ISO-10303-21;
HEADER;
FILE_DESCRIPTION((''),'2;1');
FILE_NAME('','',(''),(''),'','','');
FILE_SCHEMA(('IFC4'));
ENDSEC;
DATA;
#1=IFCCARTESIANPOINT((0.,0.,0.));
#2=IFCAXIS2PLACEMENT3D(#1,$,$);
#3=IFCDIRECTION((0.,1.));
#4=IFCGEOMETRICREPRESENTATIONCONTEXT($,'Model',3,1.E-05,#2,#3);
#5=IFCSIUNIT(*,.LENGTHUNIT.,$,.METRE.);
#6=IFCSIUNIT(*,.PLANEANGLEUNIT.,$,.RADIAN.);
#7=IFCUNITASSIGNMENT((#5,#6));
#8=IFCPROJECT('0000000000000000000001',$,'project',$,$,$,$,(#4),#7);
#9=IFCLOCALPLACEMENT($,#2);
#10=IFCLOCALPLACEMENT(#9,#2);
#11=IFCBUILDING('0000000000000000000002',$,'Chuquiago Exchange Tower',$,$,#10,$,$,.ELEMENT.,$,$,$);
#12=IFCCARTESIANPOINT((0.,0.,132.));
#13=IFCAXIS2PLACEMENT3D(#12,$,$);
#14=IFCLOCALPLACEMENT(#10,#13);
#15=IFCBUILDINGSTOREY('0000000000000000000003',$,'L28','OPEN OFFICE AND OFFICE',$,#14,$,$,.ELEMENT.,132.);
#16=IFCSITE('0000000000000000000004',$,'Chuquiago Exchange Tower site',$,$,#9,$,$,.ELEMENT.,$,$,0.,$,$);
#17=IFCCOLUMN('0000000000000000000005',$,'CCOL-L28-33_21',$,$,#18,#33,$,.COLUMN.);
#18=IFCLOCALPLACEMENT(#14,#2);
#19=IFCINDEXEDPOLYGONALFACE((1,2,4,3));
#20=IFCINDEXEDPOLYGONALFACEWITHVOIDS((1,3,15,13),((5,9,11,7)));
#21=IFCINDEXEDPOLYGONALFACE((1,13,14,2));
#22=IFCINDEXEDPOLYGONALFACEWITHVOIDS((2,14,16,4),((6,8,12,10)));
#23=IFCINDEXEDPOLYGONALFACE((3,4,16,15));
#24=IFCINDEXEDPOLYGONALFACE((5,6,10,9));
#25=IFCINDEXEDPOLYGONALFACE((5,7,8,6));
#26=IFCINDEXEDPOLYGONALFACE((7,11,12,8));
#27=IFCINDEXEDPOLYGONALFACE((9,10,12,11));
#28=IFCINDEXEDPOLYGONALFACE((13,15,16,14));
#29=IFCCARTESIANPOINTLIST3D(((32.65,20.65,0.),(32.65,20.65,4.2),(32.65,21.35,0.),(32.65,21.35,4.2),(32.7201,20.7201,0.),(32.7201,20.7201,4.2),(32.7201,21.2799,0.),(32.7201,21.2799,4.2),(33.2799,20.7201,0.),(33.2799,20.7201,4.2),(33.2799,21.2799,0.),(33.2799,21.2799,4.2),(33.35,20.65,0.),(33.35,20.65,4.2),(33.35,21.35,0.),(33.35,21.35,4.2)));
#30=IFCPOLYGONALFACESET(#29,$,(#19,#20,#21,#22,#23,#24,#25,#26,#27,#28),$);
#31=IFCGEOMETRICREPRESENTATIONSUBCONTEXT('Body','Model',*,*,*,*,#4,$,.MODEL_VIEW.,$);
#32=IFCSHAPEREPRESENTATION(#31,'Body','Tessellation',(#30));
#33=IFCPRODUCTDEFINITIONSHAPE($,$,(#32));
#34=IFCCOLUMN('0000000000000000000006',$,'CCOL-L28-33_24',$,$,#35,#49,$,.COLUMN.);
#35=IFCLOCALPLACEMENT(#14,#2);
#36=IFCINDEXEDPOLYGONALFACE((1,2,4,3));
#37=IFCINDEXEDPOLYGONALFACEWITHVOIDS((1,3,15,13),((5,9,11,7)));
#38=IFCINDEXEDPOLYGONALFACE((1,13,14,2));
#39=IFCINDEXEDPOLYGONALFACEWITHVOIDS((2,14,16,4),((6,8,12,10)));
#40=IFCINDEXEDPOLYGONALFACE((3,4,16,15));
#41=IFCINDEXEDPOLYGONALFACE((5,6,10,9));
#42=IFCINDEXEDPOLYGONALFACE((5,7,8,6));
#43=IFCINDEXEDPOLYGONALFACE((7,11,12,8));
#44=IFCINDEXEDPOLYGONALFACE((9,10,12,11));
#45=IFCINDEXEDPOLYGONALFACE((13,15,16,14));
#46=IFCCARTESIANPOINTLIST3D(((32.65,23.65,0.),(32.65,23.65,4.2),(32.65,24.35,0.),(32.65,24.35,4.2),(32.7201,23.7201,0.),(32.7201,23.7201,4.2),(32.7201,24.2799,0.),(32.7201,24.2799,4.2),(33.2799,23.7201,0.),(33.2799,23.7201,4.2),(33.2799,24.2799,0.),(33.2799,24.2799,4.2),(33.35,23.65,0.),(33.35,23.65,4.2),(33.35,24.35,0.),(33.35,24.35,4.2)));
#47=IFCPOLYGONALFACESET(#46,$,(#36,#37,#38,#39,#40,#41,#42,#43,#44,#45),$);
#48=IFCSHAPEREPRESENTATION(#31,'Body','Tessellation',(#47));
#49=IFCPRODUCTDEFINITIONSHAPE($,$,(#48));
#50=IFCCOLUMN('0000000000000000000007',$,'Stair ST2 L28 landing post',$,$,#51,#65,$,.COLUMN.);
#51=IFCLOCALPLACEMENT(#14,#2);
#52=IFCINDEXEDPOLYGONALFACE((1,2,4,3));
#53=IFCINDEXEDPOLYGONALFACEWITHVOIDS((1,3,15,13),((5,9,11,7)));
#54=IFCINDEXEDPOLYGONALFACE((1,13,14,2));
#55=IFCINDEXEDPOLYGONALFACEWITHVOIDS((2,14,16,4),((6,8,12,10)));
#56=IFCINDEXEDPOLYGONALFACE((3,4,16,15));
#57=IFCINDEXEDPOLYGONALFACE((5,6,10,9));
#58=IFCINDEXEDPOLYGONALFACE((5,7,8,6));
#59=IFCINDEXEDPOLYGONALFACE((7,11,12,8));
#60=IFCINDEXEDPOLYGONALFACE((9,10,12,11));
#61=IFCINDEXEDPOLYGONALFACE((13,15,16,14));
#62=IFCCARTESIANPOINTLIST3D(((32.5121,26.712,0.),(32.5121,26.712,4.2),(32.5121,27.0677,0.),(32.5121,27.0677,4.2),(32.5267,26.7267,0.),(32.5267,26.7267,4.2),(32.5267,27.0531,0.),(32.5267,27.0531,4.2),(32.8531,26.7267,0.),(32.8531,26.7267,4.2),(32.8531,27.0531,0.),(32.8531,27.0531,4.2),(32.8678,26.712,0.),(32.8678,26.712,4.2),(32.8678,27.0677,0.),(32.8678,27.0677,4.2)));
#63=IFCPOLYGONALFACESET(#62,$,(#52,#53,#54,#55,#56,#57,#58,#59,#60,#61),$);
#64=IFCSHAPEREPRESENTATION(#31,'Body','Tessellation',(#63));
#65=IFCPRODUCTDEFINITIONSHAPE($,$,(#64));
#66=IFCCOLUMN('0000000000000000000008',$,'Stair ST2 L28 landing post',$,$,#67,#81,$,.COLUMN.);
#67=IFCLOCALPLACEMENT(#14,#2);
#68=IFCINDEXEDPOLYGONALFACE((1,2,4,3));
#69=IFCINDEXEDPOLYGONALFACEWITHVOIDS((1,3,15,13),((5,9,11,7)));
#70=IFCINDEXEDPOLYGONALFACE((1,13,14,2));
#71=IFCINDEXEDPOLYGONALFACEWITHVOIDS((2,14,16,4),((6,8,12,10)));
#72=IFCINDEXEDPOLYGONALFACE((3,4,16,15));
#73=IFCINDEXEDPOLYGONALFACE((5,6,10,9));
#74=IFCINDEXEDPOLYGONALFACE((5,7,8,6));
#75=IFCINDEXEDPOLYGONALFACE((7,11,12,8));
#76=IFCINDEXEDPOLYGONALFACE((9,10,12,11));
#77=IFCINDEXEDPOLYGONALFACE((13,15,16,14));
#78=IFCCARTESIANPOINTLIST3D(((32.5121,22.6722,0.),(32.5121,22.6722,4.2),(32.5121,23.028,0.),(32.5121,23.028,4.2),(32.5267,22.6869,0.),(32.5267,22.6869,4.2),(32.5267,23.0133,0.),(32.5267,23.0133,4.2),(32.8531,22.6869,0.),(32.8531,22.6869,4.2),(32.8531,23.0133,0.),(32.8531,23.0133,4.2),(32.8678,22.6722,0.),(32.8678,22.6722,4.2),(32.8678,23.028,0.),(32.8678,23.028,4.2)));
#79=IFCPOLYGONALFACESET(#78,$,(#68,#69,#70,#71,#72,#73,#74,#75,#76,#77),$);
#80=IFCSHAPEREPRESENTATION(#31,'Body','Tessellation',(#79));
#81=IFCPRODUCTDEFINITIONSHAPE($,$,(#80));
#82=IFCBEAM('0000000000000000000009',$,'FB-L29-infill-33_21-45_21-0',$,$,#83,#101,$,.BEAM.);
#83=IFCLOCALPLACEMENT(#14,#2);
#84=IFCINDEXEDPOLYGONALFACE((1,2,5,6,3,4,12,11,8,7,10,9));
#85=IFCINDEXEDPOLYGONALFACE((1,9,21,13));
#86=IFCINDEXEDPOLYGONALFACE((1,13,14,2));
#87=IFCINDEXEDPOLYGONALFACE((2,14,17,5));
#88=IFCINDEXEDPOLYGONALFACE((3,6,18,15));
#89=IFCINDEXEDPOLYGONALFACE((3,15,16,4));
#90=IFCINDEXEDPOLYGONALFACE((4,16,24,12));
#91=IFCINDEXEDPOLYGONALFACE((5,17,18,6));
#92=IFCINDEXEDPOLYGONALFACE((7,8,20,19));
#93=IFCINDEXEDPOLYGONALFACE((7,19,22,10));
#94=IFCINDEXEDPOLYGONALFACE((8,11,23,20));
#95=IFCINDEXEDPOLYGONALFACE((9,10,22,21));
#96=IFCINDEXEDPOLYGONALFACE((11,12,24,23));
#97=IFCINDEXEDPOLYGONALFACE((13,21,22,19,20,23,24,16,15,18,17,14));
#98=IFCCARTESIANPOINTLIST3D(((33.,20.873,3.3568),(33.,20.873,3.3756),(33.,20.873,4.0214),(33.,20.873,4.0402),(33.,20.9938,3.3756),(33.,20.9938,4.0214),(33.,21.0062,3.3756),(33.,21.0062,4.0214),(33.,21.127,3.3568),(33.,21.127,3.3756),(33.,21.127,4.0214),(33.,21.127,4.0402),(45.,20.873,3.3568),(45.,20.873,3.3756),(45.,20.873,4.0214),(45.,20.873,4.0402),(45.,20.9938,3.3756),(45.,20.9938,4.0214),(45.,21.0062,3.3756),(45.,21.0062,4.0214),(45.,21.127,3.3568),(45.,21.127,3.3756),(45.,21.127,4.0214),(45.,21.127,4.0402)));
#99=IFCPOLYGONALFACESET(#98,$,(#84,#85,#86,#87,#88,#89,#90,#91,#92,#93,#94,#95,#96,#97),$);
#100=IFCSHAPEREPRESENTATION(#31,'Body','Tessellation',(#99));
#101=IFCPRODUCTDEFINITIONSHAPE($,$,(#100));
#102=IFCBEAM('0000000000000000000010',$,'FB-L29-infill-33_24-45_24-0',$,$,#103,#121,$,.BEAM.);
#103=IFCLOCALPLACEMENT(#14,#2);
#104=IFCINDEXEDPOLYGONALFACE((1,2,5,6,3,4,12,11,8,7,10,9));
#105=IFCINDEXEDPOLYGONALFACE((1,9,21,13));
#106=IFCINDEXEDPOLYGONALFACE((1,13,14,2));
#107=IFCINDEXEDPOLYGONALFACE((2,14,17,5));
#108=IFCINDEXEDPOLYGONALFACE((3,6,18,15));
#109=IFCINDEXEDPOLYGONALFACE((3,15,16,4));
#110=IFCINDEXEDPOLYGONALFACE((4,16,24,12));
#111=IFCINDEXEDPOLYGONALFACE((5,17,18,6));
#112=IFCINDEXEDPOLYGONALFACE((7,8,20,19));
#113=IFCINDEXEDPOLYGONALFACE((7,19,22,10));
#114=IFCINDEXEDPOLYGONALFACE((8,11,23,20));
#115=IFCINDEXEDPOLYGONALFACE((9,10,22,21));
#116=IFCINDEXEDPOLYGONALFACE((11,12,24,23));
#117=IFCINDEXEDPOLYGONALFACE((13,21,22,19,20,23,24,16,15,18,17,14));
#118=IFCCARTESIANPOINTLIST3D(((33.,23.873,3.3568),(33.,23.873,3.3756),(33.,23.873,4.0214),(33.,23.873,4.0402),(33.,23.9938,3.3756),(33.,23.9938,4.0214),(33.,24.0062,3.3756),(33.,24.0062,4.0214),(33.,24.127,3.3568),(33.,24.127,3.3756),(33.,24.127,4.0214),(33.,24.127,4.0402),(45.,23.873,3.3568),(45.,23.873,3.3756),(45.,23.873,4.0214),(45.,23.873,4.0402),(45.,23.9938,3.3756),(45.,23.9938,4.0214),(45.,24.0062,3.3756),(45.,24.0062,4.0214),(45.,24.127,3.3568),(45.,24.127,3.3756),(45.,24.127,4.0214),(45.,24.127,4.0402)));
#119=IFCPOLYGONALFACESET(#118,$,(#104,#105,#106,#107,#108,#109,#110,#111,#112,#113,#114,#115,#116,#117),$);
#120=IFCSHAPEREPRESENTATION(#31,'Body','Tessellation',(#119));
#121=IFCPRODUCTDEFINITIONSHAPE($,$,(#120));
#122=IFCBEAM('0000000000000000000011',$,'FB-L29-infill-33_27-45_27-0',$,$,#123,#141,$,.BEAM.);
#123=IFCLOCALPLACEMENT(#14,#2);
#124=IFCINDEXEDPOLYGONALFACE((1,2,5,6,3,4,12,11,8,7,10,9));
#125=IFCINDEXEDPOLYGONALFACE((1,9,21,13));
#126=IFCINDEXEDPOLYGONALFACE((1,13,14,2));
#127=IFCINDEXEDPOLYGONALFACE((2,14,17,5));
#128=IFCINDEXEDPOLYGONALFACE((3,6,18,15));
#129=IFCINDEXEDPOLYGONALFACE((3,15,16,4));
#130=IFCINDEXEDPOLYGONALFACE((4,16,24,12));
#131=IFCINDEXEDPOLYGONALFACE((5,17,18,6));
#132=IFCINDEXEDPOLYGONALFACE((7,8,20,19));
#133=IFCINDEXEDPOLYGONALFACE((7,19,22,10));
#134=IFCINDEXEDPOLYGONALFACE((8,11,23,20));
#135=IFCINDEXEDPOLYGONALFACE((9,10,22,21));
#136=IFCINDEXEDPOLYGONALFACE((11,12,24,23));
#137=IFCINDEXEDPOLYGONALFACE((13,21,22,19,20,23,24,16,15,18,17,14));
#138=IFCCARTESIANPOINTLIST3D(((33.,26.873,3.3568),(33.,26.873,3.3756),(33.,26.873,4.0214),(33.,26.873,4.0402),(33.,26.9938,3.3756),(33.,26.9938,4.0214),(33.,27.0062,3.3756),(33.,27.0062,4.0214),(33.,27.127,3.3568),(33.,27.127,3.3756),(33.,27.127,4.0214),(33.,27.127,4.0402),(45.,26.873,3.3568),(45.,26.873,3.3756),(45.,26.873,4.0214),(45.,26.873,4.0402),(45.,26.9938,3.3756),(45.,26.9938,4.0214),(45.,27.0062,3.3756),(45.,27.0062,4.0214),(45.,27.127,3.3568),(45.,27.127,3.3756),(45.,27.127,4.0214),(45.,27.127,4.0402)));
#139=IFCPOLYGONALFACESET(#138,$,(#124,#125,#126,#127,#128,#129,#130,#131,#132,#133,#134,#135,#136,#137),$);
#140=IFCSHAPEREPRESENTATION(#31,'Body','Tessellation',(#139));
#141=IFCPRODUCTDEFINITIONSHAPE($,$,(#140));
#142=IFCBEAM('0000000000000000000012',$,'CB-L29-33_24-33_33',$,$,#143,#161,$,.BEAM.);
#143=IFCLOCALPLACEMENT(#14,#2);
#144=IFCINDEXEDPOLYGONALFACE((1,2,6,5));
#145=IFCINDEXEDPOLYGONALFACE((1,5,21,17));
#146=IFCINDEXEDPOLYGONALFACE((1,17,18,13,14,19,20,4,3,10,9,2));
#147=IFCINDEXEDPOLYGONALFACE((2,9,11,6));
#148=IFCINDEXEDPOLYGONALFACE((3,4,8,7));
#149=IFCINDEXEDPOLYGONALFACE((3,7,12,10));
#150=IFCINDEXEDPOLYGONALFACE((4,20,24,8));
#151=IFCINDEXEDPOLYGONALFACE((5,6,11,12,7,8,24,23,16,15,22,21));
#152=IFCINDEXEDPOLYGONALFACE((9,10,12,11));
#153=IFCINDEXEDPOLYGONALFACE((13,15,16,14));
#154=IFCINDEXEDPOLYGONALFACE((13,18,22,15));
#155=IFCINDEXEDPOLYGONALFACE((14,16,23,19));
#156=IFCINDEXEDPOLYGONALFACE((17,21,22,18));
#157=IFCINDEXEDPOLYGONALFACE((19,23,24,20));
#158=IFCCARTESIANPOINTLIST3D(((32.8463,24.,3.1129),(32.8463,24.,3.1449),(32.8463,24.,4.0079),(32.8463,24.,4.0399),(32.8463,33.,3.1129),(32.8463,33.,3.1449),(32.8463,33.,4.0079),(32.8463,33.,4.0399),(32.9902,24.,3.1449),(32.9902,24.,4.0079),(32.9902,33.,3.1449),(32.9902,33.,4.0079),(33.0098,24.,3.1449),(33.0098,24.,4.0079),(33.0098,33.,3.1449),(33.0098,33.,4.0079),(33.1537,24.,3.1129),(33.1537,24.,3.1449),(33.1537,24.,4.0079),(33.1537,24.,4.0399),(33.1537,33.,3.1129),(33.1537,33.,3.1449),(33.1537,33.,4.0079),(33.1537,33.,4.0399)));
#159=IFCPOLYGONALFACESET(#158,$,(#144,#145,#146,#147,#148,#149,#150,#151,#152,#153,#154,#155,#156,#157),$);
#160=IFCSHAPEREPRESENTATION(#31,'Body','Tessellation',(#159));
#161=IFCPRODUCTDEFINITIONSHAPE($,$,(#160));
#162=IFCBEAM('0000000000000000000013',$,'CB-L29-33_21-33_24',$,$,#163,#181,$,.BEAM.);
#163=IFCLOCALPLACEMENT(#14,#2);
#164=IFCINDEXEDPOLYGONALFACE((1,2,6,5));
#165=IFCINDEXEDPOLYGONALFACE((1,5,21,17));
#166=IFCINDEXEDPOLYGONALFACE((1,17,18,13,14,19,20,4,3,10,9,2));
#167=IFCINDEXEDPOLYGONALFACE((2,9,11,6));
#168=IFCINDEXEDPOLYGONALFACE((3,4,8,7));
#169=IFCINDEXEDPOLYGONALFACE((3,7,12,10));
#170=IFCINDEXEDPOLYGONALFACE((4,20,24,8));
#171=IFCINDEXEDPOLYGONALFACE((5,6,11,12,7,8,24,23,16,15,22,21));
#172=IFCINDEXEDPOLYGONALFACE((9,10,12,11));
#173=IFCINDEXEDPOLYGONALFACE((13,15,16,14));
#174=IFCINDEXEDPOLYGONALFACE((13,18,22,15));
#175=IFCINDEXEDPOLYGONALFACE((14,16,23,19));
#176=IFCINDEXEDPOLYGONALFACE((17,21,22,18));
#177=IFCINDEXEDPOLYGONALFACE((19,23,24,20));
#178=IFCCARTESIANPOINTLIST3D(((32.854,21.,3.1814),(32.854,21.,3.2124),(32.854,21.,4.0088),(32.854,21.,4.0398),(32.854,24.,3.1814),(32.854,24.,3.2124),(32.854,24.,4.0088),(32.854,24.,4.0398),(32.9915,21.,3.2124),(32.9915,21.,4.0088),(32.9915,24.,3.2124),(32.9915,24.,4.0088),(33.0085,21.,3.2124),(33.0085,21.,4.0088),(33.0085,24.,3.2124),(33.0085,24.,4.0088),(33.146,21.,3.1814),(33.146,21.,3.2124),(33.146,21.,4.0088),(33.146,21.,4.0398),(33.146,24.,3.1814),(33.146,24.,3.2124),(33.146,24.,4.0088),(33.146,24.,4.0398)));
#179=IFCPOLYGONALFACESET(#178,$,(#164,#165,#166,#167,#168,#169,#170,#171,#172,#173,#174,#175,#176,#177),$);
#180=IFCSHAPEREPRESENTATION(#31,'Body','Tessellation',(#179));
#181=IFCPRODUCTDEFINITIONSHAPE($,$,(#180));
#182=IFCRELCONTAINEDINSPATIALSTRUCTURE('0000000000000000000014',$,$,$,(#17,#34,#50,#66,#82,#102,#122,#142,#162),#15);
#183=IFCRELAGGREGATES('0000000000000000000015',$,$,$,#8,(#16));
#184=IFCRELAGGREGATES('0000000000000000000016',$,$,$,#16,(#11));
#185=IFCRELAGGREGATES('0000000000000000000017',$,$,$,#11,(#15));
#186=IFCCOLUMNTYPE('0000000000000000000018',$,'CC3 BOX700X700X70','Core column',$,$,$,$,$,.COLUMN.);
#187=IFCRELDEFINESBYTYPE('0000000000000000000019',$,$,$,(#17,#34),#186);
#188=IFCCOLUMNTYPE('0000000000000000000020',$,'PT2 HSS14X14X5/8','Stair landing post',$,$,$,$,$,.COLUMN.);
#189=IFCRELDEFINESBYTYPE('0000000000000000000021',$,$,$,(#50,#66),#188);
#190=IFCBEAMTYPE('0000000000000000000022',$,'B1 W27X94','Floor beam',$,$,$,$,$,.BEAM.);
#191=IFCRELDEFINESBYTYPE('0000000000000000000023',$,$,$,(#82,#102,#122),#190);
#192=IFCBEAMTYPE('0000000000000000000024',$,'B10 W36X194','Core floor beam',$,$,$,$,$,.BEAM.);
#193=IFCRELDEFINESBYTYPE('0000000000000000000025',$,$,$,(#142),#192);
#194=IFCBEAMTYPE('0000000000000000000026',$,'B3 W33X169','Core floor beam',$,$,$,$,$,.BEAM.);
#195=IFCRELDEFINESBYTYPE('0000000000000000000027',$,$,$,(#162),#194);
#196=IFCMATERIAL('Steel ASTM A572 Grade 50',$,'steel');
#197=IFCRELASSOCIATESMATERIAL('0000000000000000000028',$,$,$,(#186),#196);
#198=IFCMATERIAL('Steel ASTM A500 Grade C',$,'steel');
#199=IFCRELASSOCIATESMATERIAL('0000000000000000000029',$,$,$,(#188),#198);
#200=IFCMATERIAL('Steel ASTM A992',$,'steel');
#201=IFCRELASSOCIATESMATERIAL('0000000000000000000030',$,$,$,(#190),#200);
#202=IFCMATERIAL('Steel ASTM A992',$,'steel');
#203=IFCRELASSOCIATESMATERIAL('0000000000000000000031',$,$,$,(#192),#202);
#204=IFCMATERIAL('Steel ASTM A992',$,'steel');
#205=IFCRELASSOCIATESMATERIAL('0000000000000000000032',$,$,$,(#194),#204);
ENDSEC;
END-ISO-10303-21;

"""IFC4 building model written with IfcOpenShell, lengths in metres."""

from ifc_helpers import new_model, si_unit, direction, frame, origin, origin_2d, place, context, subcontext, project, spatial, hollow_rectangle, i_section, extrude, material, material_profile, profile_set, type_object, element, save


model = new_model("IFC4")

# Units and contexts
model_context = context("Model", 3, precision=1e-05, world=origin(), true_north=direction((0.0, 1.0)))
body_context = subcontext(model_context, "Body", "Model", "MODEL_VIEW")
ifc_project = project(units=[si_unit("LENGTHUNIT", "METRE"), si_unit("PLANEANGLEUNIT", "RADIAN")], contexts=[model_context])

# Site, building, storey
site_placement = place(None, origin())
site = spatial("IfcSite", under=ifc_project, at=site_placement, Name="Chuquiago Exchange Tower site", CompositionType="ELEMENT", RefElevation=0.0)
building_placement = place(site_placement, origin())
building = spatial("IfcBuilding", under=site, at=building_placement, Name="Chuquiago Exchange Tower", CompositionType="ELEMENT")
storey_placement = place(building_placement, frame((0.0, 0.0, 132.0)))
storey = spatial("IfcBuildingStorey", under=building, at=storey_placement, Name="L28", Description="OPEN OFFICE AND OFFICE", CompositionType="ELEMENT", Elevation=132.0)

# Columns
ifc_material_1 = material(Name="Steel ASTM A572 Grade 50", Category="steel")
ifc_material_profile_1 = material_profile(ifc_material_1, hollow_rectangle(XDim=0.7, YDim=0.7, WallThickness=0.0701, at=origin_2d()), Name="BOX700X700X70")
ifc_profile_set_1 = profile_set([ifc_material_profile_1], Name="Steel ASTM A572 Grade 50")
column_type_1 = type_object("IfcColumnType", Name="CC3 BOX700X700X70", Description="Core column", PredefinedType="COLUMN", material=ifc_profile_set_1)
for number, where, z_axis, x_axis, name in (
    (1, (33.0, 21.0, 0.0), (0.0, 0.0, 1.0), (1.0, 0.0, 0.0), "CCOL-L28-33_21"),
    (2, (33.0, 24.0, 0.0), (0.0, 0.0, 1.0), (1.0, 0.0, 0.0), "CCOL-L28-33_24"),
):
    element("IfcColumn", number, at=place(storey_placement, frame(where, z_axis=z_axis, x_axis=x_axis)), inside=storey, type_object=column_type_1, Name=name, PredefinedType="COLUMN", context=body_context, shape_type="SweptSolid", body=[
        extrude(hollow_rectangle(XDim=0.7, YDim=0.7, WallThickness=0.0701, at=origin_2d()), origin(), (0.0, 0.0, 1.0), 4.2),
    ])
ifc_material_2 = material(Name="Steel ASTM A500 Grade C", Category="steel")
ifc_material_profile_2 = material_profile(ifc_material_2, hollow_rectangle(XDim=0.3557, YDim=0.3557, WallThickness=0.0146, at=origin_2d()), Name="HSS14X14X5/8")
ifc_profile_set_2 = profile_set([ifc_material_profile_2], Name="Steel ASTM A500 Grade C")
column_type_2 = type_object("IfcColumnType", Name="PT2 HSS14X14X5/8", Description="Stair landing post", PredefinedType="COLUMN", material=ifc_profile_set_2)
for number, where, z_axis, x_axis, name in (
    (3, (32.6899, 26.8899, 0.0), (0.0, 0.0, 1.0), (1.0, 0.0, 0.0), "Stair ST2 L28 landing post"),
    (4, (32.6899, 22.8501, 0.0), (0.0, 0.0, 1.0), (1.0, 0.0, 0.0), "Stair ST2 L28 landing post"),
):
    element("IfcColumn", number, at=place(storey_placement, frame(where, z_axis=z_axis, x_axis=x_axis)), inside=storey, type_object=column_type_2, Name=name, PredefinedType="COLUMN", context=body_context, shape_type="SweptSolid", body=[
        extrude(hollow_rectangle(XDim=0.3557, YDim=0.3557, WallThickness=0.0146, at=origin_2d()), origin(), (0.0, 0.0, 1.0), 4.2),
    ])

# Beams
ifc_material_3 = material(Name="Steel ASTM A992", Category="steel")
ifc_material_profile_3 = material_profile(ifc_material_3, i_section(OverallWidth=0.2539, OverallDepth=0.6833, WebThickness=0.0125, FlangeThickness=0.0188, at=origin_2d()), Name="W27X94")
ifc_profile_set_3 = profile_set([ifc_material_profile_3], Name="Steel ASTM A992")
beam_type_1 = type_object("IfcBeamType", Name="B1 W27X94", Description="Floor beam", PredefinedType="BEAM", material=ifc_profile_set_3)
for number, where, z_axis, x_axis, name in (
    (5, (33.0, 21.0, 3.6985), (1.0, 0.0, 0.0), (0.0, 1.0, 0.0), "FB-L29-infill-33_21-45_21-0"),
    (6, (33.0, 24.0, 3.6985), (1.0, 0.0, 0.0), (0.0, 1.0, 0.0), "FB-L29-infill-33_24-45_24-0"),
    (7, (33.0, 27.0, 3.6985), (1.0, 0.0, 0.0), (0.0, 1.0, 0.0), "FB-L29-infill-33_27-45_27-0"),
):
    element("IfcBeam", number, at=place(storey_placement, frame(where, z_axis=z_axis, x_axis=x_axis)), inside=storey, type_object=beam_type_1, Name=name, PredefinedType="BEAM", context=body_context, shape_type="SweptSolid", body=[
        extrude(i_section(OverallWidth=0.2539, OverallDepth=0.6833, WebThickness=0.0125, FlangeThickness=0.0188, at=origin_2d()), origin(), (0.0, 0.0, 1.0), 12.0),
    ])
ifc_material_4 = material(Name="Steel ASTM A992", Category="steel")
ifc_material_profile_4 = material_profile(ifc_material_4, i_section(OverallWidth=0.3074, OverallDepth=0.927, WebThickness=0.0195, FlangeThickness=0.032, at=origin_2d()), Name="W36X194")
ifc_profile_set_4 = profile_set([ifc_material_profile_4], Name="Steel ASTM A992")
beam_type_2 = type_object("IfcBeamType", Name="B10 W36X194", Description="Core floor beam", PredefinedType="BEAM", material=ifc_profile_set_4)
beam_1_placement = place(storey_placement, frame((33.0, 24.0, 3.5764), z_axis=(0.0, 1.0, 0.0), x_axis=(-1.0, 0.0, 0.0)))
element("IfcBeam", 8, at=beam_1_placement, inside=storey, type_object=beam_type_2, Name="CB-L29-33_24-33_33", PredefinedType="BEAM", context=body_context, shape_type="SweptSolid", body=[
    extrude(i_section(OverallWidth=0.3074, OverallDepth=0.927, WebThickness=0.0195, FlangeThickness=0.032, at=origin_2d()), origin(), (0.0, 0.0, 1.0), 9.0),
])
ifc_material_5 = material(Name="Steel ASTM A992", Category="steel")
ifc_material_profile_5 = material_profile(ifc_material_5, i_section(OverallWidth=0.292, OverallDepth=0.8584, WebThickness=0.0171, FlangeThickness=0.031, at=origin_2d()), Name="W33X169")
ifc_profile_set_5 = profile_set([ifc_material_profile_5], Name="Steel ASTM A992")
beam_type_3 = type_object("IfcBeamType", Name="B3 W33X169", Description="Core floor beam", PredefinedType="BEAM", material=ifc_profile_set_5)
beam_2_placement = place(storey_placement, frame((33.0, 21.0, 3.6106), z_axis=(0.0, 1.0, 0.0), x_axis=(-1.0, 0.0, 0.0)))
element("IfcBeam", 9, at=beam_2_placement, inside=storey, type_object=beam_type_3, Name="CB-L29-33_21-33_24", PredefinedType="BEAM", context=body_context, shape_type="SweptSolid", body=[
    extrude(i_section(OverallWidth=0.292, OverallDepth=0.8584, WebThickness=0.0171, FlangeThickness=0.031, at=origin_2d()), origin(), (0.0, 0.0, 1.0), 3.0),
])

save(model, "model.ifc")
